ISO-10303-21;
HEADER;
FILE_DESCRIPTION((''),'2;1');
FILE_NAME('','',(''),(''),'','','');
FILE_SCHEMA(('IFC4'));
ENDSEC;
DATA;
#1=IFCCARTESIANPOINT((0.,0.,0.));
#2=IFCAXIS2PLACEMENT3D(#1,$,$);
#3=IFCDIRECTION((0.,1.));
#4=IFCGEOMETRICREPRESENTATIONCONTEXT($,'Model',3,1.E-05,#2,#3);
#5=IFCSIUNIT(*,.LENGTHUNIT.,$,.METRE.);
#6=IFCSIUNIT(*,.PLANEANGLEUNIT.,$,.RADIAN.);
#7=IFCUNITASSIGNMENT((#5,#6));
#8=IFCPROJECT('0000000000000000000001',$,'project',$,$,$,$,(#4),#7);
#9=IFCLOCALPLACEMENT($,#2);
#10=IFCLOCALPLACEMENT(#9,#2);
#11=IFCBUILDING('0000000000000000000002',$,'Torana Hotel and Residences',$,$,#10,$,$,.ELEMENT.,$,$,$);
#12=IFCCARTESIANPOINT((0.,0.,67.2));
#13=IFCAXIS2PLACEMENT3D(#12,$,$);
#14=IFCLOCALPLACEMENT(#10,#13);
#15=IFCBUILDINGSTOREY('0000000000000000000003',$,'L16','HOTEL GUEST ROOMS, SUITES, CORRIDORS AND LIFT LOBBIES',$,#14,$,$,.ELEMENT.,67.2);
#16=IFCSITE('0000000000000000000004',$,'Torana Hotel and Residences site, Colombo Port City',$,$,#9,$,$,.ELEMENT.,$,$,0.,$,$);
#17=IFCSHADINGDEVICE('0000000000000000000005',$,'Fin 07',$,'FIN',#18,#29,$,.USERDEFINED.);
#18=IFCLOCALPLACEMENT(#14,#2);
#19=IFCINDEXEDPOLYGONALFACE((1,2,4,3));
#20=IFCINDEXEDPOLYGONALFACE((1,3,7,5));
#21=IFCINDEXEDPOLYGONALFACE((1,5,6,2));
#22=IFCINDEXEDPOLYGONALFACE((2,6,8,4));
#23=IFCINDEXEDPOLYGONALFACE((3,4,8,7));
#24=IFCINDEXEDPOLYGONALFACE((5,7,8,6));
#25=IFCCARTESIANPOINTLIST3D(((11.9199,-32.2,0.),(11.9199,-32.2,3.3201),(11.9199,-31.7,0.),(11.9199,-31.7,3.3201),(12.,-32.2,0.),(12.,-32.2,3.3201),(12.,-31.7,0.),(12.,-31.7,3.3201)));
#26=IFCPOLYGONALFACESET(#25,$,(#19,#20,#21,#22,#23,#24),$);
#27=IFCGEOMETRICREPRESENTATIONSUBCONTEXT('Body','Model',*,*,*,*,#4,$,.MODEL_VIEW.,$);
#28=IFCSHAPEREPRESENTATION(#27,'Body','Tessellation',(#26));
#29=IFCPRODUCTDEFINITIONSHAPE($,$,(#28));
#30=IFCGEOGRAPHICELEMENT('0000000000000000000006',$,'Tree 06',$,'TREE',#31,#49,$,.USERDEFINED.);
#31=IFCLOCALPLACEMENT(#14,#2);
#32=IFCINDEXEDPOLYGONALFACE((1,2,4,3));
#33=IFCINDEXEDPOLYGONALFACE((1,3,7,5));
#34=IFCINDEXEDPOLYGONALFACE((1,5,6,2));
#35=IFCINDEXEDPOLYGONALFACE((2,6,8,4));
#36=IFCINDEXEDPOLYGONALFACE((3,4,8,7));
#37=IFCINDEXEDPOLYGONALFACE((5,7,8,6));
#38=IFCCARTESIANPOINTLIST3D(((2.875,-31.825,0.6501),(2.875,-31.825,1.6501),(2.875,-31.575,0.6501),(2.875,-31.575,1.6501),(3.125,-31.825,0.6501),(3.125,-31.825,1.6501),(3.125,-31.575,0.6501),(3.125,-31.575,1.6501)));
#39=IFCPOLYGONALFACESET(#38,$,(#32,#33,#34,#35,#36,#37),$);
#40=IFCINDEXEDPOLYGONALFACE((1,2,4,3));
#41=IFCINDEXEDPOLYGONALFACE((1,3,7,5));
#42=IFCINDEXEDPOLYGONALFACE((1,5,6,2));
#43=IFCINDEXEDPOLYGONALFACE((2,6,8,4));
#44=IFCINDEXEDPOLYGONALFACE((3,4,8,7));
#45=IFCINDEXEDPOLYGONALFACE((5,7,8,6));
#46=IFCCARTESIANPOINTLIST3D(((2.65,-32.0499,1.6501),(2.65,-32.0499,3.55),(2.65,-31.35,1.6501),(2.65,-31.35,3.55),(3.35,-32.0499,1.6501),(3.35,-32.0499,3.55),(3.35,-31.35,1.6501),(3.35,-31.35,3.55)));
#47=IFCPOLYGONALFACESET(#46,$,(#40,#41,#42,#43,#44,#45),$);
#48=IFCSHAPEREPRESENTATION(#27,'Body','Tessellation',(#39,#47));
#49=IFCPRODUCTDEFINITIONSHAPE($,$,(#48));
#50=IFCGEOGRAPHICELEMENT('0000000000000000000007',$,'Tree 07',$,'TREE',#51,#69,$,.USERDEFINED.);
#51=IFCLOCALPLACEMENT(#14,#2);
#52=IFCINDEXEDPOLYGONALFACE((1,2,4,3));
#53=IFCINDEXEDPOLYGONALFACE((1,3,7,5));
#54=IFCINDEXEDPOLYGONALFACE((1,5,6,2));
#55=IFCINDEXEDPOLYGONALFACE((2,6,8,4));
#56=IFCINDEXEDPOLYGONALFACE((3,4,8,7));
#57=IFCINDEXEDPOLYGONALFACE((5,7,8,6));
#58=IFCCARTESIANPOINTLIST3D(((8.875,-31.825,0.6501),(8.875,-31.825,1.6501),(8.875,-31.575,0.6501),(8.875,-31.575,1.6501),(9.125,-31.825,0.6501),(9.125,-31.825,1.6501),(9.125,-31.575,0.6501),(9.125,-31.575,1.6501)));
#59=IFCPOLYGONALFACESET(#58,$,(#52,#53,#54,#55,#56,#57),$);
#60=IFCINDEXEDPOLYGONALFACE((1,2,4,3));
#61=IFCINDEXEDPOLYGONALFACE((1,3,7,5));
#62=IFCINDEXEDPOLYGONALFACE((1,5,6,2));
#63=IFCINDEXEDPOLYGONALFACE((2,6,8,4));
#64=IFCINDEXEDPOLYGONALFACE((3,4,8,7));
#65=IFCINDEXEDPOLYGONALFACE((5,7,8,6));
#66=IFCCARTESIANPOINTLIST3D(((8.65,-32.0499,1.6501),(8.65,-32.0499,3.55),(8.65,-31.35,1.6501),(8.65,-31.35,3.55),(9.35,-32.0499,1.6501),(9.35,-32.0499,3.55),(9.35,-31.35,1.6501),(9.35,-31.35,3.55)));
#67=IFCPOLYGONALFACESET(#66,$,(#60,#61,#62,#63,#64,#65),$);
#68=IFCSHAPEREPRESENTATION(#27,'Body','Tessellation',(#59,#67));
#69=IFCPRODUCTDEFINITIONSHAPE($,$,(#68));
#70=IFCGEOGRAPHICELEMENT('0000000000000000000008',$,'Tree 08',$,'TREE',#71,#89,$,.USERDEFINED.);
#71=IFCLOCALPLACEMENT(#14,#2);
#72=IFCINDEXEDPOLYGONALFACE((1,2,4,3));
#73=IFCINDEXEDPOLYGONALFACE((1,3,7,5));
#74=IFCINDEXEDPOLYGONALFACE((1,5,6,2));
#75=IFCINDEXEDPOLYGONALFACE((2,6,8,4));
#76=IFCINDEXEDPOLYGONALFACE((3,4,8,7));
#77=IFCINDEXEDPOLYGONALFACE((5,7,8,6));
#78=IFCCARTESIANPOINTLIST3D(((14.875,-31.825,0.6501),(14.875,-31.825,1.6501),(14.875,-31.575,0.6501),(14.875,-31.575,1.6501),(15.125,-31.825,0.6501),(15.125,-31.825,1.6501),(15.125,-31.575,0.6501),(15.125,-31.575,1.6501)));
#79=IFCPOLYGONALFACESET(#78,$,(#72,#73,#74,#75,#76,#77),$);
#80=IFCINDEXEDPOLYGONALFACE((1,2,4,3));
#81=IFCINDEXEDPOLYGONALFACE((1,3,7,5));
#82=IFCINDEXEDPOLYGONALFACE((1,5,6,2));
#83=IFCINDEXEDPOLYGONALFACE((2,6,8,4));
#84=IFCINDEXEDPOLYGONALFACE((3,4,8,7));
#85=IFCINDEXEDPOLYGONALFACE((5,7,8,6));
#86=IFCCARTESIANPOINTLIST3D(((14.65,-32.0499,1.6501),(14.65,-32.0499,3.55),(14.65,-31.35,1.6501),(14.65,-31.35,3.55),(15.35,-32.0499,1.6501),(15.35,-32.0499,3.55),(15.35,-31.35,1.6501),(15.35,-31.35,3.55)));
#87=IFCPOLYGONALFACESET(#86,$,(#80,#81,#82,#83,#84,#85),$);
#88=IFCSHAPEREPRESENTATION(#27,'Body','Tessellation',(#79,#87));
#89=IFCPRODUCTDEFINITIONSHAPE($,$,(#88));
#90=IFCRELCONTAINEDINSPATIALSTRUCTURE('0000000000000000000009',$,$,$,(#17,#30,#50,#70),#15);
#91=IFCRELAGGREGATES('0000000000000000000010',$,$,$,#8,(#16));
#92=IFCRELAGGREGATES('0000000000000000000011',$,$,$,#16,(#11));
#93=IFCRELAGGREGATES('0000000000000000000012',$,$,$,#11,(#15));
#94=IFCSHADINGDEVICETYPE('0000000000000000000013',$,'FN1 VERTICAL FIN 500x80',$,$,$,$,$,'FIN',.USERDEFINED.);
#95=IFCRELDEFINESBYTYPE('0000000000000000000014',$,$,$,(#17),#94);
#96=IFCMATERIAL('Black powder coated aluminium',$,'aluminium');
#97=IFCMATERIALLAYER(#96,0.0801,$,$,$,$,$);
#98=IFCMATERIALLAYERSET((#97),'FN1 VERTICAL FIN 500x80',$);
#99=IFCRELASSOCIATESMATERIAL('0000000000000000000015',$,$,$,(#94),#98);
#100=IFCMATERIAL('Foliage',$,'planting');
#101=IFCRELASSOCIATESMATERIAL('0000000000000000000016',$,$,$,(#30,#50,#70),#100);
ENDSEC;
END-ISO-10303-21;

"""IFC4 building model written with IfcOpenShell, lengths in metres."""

from ifc_helpers import new_model, si_unit, direction, frame, origin, origin_2d, place, context, subcontext, project, spatial, rectangle, extrude, material, layer, layer_set, type_object, element, save


model = new_model("IFC4")

# Units and contexts
model_context = context("Model", 3, precision=1e-05, world=origin(), true_north=direction((0.0, 1.0)))
body_context = subcontext(model_context, "Body", "Model", "MODEL_VIEW")
ifc_project = project(units=[si_unit("LENGTHUNIT", "METRE"), si_unit("PLANEANGLEUNIT", "RADIAN")], contexts=[model_context])

# Site, building, storey
site_placement = place(None, origin())
site = spatial("IfcSite", under=ifc_project, at=site_placement, Name="Torana Hotel and Residences site, Colombo Port City", CompositionType="ELEMENT", RefElevation=0.0)
building_placement = place(site_placement, origin())
building = spatial("IfcBuilding", under=site, at=building_placement, Name="Torana Hotel and Residences", CompositionType="ELEMENT")
storey_placement = place(building_placement, frame((0.0, 0.0, 67.2)))
storey = spatial("IfcBuildingStorey", under=building, at=storey_placement, Name="L16", Description="HOTEL GUEST ROOMS, SUITES, CORRIDORS AND LIFT LOBBIES", CompositionType="ELEMENT", Elevation=67.2)

# Shading device
ifc_material_1 = material(Name="Black powder coated aluminium", Category="aluminium")
ifc_layer_1 = layer(ifc_material_1, 0.0801)
ifc_layer_set_1 = layer_set([ifc_layer_1], Name="FN1 VERTICAL FIN 500x80")
shading_device_type = type_object("IfcShadingDeviceType", Name="FN1 VERTICAL FIN 500x80", ElementType="FIN", PredefinedType="USERDEFINED", material=ifc_layer_set_1)
shading_device_placement = place(storey_placement, frame((11.96, -31.95, 0.0), z_axis=(0.0, 0.0, 1.0), x_axis=(-1.0, 0.0, 0.0)))
element("IfcShadingDevice", 1, at=shading_device_placement, inside=storey, type_object=shading_device_type, Name="Fin 07", ObjectType="FIN", PredefinedType="USERDEFINED", context=body_context, shape_type="SweptSolid", body=[
    extrude(rectangle(XDim=0.0801, YDim=0.5, at=origin_2d()), origin(), (0.0, 0.0, 1.0), 3.3201),
])

# Geographic elements
ifc_material_2 = material(Name="Foliage", Category="planting")
for number, where, z_axis, x_axis, name in (
    (2, (3.0, -31.7, 0.6501), (0.0, 0.0, 1.0), (1.0, 0.0, 0.0), "Tree 06"),
    (3, (9.0, -31.7, 0.6501), (0.0, 0.0, 1.0), (1.0, 0.0, 0.0), "Tree 07"),
    (4, (15.0, -31.7, 0.6501), (0.0, 0.0, 1.0), (1.0, 0.0, 0.0), "Tree 08"),
):
    element("IfcGeographicElement", number, at=place(storey_placement, frame(where, z_axis=z_axis, x_axis=x_axis)), inside=storey, material=ifc_material_2, Name=name, ObjectType="TREE", PredefinedType="USERDEFINED", context=body_context, shape_type="SweptSolid", body=[
        extrude(rectangle(XDim=0.25, YDim=0.25, at=origin_2d()), origin(), (0.0, 0.0, 1.0), 1.0),
        extrude(rectangle(XDim=0.7, YDim=0.7, at=origin_2d()), frame((0.0, 0.0, 1.0)), (0.0, 0.0, 1.0), 1.8999),
    ])

save(model, "model.ifc")
